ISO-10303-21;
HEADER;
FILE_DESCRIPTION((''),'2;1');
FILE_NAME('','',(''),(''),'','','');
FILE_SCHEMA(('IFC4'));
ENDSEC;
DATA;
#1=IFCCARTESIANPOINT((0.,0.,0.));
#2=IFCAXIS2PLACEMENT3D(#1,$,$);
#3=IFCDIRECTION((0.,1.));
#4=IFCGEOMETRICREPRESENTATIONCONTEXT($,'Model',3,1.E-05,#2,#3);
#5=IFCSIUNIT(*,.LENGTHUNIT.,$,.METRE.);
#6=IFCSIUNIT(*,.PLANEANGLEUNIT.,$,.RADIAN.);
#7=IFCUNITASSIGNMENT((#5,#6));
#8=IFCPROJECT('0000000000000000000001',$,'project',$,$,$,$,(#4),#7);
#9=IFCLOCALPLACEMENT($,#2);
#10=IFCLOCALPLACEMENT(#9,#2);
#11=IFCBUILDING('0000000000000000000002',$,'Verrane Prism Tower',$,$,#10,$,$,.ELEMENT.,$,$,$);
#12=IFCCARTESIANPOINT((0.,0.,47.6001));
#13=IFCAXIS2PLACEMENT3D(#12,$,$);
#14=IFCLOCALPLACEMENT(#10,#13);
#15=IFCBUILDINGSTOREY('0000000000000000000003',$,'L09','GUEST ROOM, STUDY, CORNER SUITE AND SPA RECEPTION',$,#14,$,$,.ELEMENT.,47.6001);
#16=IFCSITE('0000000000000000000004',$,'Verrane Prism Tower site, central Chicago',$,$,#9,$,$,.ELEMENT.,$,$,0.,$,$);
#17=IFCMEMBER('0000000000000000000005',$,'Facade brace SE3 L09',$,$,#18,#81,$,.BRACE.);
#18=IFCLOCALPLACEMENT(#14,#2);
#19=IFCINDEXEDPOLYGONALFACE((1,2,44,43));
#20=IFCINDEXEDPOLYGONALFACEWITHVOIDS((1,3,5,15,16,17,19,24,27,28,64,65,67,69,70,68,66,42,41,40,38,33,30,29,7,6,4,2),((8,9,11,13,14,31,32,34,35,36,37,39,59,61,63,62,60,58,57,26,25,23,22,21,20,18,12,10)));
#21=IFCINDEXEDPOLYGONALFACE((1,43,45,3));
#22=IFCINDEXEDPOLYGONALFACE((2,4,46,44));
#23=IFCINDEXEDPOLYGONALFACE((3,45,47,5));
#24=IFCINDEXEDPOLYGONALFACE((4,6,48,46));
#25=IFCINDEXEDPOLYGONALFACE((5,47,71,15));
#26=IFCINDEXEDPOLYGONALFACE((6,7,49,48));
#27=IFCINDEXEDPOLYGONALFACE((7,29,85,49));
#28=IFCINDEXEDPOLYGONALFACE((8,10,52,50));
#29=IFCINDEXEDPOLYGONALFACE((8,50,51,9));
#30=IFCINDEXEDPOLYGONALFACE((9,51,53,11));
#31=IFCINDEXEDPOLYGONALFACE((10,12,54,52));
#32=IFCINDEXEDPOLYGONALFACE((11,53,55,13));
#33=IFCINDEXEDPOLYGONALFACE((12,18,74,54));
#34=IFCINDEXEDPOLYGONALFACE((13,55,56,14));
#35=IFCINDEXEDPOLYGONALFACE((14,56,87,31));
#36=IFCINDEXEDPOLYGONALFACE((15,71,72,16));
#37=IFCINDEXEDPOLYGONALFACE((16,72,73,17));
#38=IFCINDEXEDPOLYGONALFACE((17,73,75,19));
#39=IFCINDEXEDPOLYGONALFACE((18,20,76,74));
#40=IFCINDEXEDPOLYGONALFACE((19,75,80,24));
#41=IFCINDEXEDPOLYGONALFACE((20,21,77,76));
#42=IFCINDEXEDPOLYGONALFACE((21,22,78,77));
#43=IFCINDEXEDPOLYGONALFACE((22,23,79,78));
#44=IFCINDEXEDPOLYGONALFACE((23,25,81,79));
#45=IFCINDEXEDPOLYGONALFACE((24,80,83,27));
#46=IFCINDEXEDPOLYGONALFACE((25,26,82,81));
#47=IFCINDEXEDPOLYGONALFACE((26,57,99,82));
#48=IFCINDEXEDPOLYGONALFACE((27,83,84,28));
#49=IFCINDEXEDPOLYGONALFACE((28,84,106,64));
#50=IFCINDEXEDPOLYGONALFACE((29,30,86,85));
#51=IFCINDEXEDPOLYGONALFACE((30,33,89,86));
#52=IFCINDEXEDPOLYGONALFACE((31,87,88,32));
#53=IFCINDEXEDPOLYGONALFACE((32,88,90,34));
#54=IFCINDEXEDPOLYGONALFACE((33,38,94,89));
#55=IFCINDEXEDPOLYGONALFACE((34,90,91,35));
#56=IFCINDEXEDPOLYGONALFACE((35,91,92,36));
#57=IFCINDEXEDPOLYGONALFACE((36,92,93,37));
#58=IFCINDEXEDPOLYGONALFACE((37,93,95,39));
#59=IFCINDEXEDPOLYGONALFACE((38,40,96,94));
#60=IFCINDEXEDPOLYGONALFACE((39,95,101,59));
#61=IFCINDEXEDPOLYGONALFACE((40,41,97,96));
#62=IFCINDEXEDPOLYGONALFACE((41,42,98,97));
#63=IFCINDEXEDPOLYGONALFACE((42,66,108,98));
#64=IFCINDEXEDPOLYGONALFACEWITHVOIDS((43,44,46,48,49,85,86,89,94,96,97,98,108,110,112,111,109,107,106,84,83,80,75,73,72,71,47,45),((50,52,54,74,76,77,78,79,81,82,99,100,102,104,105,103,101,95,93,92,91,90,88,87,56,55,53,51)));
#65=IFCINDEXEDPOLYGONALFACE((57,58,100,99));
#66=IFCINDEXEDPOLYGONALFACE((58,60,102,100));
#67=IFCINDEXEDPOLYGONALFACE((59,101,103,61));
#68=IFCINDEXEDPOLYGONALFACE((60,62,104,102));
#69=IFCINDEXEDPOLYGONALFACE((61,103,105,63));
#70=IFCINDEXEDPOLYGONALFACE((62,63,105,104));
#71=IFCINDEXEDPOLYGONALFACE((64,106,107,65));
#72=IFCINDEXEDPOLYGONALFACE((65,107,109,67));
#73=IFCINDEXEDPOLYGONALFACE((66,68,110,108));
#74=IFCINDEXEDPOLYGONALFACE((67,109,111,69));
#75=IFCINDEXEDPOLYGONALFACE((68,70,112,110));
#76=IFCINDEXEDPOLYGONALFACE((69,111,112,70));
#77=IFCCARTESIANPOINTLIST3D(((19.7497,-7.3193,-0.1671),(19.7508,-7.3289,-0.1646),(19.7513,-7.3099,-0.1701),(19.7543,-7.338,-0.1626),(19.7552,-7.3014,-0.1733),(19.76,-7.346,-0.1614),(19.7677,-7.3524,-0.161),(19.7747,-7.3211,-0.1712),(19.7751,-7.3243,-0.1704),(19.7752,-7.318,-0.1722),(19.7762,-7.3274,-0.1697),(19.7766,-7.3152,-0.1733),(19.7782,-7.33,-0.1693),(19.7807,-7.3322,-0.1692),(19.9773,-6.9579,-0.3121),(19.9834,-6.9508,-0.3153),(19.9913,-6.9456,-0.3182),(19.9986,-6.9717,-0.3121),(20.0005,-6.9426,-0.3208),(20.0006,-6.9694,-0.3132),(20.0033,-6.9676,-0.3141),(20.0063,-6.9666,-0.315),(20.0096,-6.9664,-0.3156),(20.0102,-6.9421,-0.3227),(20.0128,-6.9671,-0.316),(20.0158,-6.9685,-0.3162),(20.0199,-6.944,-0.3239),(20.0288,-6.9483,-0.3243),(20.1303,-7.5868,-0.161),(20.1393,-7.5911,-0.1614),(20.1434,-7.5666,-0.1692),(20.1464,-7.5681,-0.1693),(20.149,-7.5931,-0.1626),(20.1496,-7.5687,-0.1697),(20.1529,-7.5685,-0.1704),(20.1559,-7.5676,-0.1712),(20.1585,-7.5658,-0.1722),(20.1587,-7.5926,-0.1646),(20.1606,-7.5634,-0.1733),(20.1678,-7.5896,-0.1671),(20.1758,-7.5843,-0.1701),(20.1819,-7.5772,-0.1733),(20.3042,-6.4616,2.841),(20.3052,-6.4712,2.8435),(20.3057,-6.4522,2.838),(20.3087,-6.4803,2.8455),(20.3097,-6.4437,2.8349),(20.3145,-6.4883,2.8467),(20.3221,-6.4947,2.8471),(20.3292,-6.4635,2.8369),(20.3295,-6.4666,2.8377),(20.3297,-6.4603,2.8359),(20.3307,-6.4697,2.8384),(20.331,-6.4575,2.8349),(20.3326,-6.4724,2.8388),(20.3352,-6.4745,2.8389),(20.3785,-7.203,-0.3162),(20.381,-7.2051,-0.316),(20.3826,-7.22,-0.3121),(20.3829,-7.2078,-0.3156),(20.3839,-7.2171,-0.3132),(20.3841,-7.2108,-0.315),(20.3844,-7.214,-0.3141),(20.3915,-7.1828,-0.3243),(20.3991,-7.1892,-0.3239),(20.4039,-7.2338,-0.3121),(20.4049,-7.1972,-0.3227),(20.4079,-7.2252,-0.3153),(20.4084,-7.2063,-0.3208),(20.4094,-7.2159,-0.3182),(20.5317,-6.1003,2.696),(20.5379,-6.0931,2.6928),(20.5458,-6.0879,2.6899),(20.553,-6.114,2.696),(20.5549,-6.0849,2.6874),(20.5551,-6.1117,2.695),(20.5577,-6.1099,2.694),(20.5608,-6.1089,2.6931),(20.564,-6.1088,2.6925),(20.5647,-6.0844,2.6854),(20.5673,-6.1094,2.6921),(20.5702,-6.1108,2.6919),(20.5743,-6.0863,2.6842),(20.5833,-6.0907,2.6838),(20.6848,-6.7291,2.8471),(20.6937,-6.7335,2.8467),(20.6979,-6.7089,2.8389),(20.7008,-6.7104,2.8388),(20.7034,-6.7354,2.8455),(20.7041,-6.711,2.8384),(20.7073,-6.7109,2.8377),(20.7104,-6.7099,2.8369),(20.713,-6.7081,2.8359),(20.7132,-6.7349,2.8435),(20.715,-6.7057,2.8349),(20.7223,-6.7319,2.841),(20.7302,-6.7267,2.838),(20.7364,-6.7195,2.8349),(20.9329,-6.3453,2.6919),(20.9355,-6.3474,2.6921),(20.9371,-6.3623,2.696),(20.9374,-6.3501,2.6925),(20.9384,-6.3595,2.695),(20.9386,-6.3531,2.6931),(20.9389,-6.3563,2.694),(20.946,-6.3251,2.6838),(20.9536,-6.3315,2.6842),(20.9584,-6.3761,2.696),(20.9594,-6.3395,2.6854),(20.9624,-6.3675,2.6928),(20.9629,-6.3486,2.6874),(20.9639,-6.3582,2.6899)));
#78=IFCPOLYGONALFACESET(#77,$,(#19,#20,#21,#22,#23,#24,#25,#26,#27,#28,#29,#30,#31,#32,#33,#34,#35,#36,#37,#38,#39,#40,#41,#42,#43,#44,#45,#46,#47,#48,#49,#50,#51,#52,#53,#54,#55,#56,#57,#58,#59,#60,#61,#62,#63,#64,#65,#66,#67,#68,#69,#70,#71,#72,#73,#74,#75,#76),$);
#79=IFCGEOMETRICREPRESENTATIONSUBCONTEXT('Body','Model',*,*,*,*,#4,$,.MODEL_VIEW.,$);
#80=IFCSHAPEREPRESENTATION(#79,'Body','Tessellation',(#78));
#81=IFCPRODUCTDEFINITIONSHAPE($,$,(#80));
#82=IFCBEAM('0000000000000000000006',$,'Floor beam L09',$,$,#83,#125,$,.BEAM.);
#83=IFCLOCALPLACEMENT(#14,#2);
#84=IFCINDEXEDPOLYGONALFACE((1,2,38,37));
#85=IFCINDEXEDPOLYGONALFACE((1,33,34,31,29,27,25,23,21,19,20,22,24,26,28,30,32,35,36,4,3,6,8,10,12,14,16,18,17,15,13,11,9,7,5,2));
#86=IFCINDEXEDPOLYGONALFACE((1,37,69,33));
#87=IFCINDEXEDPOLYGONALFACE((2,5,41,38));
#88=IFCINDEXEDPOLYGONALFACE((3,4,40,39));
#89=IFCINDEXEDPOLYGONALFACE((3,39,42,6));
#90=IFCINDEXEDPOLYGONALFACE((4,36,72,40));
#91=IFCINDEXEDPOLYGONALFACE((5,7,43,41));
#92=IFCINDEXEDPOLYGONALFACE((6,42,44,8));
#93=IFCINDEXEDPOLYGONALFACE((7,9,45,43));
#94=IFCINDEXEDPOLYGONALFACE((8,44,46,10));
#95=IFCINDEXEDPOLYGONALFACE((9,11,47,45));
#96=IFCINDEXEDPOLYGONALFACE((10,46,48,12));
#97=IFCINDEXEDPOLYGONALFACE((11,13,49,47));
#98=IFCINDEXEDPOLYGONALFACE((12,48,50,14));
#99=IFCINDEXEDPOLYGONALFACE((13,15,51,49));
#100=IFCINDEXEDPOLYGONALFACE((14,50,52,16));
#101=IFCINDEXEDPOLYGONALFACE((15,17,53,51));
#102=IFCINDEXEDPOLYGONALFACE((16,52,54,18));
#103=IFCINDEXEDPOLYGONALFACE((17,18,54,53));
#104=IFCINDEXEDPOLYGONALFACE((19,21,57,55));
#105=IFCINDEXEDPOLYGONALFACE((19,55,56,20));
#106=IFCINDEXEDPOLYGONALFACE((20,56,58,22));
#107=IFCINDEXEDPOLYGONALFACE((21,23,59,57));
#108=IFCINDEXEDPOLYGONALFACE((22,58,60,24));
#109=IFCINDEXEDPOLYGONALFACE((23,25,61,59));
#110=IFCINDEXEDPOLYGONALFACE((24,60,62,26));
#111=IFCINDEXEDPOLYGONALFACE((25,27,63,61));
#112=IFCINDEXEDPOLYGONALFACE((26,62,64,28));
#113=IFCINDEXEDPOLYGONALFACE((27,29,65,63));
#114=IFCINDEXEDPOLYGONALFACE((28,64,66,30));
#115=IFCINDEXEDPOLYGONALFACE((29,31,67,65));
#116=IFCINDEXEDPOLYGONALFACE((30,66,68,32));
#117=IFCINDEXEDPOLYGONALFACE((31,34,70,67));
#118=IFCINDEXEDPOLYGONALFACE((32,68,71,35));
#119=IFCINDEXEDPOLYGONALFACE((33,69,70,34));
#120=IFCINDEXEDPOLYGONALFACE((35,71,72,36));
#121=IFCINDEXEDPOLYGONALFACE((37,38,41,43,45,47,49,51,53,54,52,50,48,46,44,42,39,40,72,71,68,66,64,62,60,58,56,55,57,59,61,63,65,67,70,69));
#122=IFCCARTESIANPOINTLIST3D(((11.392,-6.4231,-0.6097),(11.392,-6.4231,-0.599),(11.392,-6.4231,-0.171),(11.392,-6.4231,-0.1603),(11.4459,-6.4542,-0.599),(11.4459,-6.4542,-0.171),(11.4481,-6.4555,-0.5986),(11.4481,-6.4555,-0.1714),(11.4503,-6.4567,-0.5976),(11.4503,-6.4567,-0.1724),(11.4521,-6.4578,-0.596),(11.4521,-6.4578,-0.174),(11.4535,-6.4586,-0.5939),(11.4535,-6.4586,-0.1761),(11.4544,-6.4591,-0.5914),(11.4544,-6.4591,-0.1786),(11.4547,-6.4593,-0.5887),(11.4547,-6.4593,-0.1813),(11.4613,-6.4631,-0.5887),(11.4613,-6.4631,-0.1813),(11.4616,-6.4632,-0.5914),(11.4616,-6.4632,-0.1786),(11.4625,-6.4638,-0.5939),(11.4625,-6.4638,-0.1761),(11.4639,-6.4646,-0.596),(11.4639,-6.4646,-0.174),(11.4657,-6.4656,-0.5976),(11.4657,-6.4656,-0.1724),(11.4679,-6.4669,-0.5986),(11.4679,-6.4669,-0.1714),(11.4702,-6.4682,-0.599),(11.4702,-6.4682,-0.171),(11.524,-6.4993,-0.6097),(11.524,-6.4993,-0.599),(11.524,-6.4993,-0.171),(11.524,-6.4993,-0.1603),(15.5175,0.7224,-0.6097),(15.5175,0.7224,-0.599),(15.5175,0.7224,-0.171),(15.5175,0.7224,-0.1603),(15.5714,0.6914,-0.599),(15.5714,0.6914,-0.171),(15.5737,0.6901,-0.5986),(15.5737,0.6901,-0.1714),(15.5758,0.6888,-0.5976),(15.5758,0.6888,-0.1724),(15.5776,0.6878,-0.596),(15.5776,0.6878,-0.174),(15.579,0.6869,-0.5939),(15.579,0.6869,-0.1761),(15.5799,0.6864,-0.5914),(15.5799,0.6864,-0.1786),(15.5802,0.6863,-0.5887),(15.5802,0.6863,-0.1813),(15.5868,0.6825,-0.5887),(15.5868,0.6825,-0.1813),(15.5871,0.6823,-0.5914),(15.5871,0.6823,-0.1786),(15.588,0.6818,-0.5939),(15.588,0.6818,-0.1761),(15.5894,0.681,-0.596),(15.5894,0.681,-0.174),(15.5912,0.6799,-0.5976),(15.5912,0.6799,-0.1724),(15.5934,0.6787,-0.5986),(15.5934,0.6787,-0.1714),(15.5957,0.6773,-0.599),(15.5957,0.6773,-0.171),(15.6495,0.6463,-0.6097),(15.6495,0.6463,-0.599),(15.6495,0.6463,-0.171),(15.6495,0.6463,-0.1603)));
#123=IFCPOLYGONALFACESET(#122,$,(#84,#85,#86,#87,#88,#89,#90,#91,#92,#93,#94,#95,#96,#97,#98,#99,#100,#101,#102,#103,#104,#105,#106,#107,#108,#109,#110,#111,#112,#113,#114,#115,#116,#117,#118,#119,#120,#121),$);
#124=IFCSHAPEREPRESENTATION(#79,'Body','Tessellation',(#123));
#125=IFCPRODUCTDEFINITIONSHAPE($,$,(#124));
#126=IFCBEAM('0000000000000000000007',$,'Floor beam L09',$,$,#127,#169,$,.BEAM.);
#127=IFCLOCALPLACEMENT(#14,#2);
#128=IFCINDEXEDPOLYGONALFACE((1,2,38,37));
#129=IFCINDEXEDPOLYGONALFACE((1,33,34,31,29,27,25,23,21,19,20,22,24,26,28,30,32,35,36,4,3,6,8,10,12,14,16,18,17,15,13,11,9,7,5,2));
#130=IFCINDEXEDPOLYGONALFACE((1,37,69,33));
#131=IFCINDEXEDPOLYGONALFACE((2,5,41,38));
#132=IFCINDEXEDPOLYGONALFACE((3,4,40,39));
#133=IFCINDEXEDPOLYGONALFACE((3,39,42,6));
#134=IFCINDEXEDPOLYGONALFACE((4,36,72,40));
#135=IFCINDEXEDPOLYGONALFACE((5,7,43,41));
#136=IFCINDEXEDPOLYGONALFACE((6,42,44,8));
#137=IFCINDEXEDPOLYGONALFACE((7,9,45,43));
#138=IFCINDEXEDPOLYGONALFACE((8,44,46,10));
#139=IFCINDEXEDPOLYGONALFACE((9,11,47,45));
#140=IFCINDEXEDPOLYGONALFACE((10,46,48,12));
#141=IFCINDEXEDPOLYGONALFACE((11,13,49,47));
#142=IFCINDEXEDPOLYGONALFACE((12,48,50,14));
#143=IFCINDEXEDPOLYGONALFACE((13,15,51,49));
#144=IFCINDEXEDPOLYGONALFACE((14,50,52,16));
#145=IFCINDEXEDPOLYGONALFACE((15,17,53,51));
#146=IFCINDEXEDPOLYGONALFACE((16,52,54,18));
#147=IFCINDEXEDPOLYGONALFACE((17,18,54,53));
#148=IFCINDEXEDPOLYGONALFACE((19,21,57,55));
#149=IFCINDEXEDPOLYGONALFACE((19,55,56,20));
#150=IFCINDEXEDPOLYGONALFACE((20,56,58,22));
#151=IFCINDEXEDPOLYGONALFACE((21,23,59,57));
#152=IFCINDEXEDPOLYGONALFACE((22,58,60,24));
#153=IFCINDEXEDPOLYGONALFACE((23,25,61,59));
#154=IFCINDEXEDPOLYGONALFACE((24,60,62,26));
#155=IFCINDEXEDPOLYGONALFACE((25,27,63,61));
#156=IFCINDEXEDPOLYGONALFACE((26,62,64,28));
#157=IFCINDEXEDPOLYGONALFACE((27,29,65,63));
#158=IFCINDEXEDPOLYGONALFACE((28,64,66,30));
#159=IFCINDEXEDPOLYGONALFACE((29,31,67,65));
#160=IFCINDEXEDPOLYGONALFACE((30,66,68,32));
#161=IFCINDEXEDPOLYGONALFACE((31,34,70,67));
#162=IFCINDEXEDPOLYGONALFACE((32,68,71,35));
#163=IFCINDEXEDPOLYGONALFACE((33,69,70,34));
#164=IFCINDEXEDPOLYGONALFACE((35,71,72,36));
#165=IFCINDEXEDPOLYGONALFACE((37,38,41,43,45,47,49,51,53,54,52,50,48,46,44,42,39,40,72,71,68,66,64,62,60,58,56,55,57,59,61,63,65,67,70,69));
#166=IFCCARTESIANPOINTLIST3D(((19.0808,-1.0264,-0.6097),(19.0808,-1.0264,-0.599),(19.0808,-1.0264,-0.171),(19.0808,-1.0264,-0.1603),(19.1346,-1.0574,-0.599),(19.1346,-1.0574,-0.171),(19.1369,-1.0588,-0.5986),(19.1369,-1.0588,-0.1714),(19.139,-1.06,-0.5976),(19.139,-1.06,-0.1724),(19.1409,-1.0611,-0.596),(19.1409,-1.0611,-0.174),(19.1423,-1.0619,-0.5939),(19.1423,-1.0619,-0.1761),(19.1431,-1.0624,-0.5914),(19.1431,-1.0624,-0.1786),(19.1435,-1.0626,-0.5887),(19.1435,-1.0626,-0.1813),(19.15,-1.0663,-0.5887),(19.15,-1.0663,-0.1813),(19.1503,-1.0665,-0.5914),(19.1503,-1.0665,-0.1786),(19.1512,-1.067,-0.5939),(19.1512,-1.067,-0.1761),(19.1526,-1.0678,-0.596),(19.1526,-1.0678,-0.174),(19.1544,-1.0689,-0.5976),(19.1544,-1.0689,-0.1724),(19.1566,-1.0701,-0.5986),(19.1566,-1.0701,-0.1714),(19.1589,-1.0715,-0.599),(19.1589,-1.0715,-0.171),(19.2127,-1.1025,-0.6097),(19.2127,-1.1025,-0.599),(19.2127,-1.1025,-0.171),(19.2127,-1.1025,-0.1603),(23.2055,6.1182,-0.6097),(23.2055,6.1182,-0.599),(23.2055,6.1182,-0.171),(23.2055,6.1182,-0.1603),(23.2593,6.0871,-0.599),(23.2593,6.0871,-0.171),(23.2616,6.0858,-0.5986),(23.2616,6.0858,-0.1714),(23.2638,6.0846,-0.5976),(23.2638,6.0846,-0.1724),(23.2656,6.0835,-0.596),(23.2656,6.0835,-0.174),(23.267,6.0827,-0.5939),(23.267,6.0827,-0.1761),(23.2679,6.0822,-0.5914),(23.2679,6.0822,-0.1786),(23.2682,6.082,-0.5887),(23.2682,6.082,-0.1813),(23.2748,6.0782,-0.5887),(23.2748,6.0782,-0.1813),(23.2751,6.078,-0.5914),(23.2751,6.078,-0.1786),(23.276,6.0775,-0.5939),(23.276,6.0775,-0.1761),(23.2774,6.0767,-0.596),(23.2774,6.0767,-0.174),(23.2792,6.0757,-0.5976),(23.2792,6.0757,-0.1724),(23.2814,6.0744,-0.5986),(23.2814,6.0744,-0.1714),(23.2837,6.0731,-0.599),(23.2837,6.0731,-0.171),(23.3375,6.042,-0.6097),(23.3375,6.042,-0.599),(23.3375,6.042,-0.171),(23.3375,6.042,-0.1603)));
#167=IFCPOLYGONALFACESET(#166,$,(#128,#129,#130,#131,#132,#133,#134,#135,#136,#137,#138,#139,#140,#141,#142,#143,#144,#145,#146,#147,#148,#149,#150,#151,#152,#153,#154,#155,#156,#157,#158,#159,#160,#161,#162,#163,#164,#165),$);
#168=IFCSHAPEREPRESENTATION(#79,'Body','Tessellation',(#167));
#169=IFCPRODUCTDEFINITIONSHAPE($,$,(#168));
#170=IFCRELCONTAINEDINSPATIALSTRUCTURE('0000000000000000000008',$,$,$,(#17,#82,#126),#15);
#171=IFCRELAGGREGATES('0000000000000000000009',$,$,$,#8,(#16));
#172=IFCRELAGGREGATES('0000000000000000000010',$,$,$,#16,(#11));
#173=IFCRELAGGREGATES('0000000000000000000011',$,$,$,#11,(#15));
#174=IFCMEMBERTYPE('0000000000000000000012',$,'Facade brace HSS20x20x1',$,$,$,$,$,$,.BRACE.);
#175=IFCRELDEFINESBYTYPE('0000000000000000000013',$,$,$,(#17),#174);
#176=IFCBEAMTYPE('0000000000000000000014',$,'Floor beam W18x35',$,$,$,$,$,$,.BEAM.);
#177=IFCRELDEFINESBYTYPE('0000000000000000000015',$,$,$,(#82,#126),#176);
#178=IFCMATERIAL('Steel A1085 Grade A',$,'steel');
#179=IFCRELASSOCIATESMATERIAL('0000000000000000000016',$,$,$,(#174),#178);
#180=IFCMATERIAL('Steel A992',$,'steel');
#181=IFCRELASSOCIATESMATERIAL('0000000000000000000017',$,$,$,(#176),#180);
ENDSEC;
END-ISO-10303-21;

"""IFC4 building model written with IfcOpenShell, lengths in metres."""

from ifc_helpers import new_model, si_unit, direction, frame, origin, origin_2d, place, context, subcontext, project, spatial, hollow_rectangle, i_section, extrude, material, material_profile, profile_set, type_object, element, save


model = new_model("IFC4")

# Units and contexts
model_context = context("Model", 3, precision=1e-05, world=origin(), true_north=direction((0.0, 1.0)))
body_context = subcontext(model_context, "Body", "Model", "MODEL_VIEW")
ifc_project = project(units=[si_unit("LENGTHUNIT", "METRE"), si_unit("PLANEANGLEUNIT", "RADIAN")], contexts=[model_context])

# Site, building, storey
site_placement = place(None, origin())
site = spatial("IfcSite", under=ifc_project, at=site_placement, Name="Verrane Prism Tower site, central Chicago", CompositionType="ELEMENT", RefElevation=0.0)
building_placement = place(site_placement, origin())
building = spatial("IfcBuilding", under=site, at=building_placement, Name="Verrane Prism Tower", CompositionType="ELEMENT")
storey_placement = place(building_placement, frame((0.0, 0.0, 47.6001)))
storey = spatial("IfcBuildingStorey", under=building, at=storey_placement, Name="L09", Description="GUEST ROOM, STUDY, CORNER SUITE AND SPA RECEPTION", CompositionType="ELEMENT", Elevation=47.6001)

# Member
ifc_material_1 = material(Name="Steel A1085 Grade A", Category="steel")
ifc_material_profile_1 = material_profile(ifc_material_1, hollow_rectangle(XDim=0.5081, YDim=0.5081, WallThickness=0.0254, InnerFilletRadius=0.0127, OuterFilletRadius=0.0381, at=origin_2d()), Name="HSS20x20x1")
ifc_profile_set_1 = profile_set([ifc_material_profile_1], Name="Steel A1085 Grade A")
member_type_1 = type_object("IfcMemberType", Name="Facade brace HSS20x20x1", PredefinedType="BRACE", material=ifc_profile_set_1)
member_1_placement = place(storey_placement, frame((20.0796, -7.2676, -0.2427), z_axis=(0.174535, 0.269987, 0.946913), x_axis=(-0.839801, 0.542894, 0.0)))
element("IfcMember", 1, at=member_1_placement, inside=storey, type_object=member_type_1, Name="Facade brace SE3 L09", PredefinedType="BRACE", context=body_context, shape_type="SweptSolid", body=[
    extrude(hollow_rectangle(XDim=0.5081, YDim=0.5081, WallThickness=0.0254, InnerFilletRadius=0.0127, OuterFilletRadius=0.0381, at=origin_2d()), origin(), (0.0, 0.0, 1.0), 3.1768),
])

# Beams
ifc_material_2 = material(Name="Steel A992", Category="steel")
ifc_material_profile_2 = material_profile(ifc_material_2, i_section(OverallWidth=0.1523, OverallDepth=0.4495, WebThickness=0.0076, FlangeThickness=0.0107, FilletRadius=0.0103, at=origin_2d()), Name="W18x35")
ifc_profile_set_2 = profile_set([ifc_material_profile_2], Name="Steel A992")
beam_type_1 = type_object("IfcBeamType", Name="Floor beam W18x35", PredefinedType="BEAM", material=ifc_profile_set_2)
beam_1_placement = place(storey_placement, frame((11.458, -6.4612, -0.385), z_axis=(0.500002, 0.866024, 0.0), x_axis=(-0.866024, 0.500002, 0.0)))
element("IfcBeam", 2, at=beam_1_placement, inside=storey, type_object=beam_type_1, Name="Floor beam L09", PredefinedType="BEAM", context=body_context, shape_type="SweptSolid", body=[
    extrude(i_section(OverallWidth=0.1523, OverallDepth=0.4495, WebThickness=0.0076, FlangeThickness=0.0107, FilletRadius=0.0103, at=origin_2d()), origin(), (0.0, 0.0, 1.0), 8.251),
])
beam_2_placement = place(storey_placement, frame((19.1467, -1.0645, -0.385), z_axis=(0.499987, 0.866033, 0.0), x_axis=(-0.866033, 0.499987, 0.0)))
element("IfcBeam", 3, at=beam_2_placement, inside=storey, type_object=beam_type_1, Name="Floor beam L09", PredefinedType="BEAM", context=body_context, shape_type="SweptSolid", body=[
    extrude(i_section(OverallWidth=0.1523, OverallDepth=0.4495, WebThickness=0.0076, FlangeThickness=0.0107, FilletRadius=0.0103, at=origin_2d()), origin(), (0.0, 0.0, 1.0), 8.2498),
])

save(model, "model.ifc")
